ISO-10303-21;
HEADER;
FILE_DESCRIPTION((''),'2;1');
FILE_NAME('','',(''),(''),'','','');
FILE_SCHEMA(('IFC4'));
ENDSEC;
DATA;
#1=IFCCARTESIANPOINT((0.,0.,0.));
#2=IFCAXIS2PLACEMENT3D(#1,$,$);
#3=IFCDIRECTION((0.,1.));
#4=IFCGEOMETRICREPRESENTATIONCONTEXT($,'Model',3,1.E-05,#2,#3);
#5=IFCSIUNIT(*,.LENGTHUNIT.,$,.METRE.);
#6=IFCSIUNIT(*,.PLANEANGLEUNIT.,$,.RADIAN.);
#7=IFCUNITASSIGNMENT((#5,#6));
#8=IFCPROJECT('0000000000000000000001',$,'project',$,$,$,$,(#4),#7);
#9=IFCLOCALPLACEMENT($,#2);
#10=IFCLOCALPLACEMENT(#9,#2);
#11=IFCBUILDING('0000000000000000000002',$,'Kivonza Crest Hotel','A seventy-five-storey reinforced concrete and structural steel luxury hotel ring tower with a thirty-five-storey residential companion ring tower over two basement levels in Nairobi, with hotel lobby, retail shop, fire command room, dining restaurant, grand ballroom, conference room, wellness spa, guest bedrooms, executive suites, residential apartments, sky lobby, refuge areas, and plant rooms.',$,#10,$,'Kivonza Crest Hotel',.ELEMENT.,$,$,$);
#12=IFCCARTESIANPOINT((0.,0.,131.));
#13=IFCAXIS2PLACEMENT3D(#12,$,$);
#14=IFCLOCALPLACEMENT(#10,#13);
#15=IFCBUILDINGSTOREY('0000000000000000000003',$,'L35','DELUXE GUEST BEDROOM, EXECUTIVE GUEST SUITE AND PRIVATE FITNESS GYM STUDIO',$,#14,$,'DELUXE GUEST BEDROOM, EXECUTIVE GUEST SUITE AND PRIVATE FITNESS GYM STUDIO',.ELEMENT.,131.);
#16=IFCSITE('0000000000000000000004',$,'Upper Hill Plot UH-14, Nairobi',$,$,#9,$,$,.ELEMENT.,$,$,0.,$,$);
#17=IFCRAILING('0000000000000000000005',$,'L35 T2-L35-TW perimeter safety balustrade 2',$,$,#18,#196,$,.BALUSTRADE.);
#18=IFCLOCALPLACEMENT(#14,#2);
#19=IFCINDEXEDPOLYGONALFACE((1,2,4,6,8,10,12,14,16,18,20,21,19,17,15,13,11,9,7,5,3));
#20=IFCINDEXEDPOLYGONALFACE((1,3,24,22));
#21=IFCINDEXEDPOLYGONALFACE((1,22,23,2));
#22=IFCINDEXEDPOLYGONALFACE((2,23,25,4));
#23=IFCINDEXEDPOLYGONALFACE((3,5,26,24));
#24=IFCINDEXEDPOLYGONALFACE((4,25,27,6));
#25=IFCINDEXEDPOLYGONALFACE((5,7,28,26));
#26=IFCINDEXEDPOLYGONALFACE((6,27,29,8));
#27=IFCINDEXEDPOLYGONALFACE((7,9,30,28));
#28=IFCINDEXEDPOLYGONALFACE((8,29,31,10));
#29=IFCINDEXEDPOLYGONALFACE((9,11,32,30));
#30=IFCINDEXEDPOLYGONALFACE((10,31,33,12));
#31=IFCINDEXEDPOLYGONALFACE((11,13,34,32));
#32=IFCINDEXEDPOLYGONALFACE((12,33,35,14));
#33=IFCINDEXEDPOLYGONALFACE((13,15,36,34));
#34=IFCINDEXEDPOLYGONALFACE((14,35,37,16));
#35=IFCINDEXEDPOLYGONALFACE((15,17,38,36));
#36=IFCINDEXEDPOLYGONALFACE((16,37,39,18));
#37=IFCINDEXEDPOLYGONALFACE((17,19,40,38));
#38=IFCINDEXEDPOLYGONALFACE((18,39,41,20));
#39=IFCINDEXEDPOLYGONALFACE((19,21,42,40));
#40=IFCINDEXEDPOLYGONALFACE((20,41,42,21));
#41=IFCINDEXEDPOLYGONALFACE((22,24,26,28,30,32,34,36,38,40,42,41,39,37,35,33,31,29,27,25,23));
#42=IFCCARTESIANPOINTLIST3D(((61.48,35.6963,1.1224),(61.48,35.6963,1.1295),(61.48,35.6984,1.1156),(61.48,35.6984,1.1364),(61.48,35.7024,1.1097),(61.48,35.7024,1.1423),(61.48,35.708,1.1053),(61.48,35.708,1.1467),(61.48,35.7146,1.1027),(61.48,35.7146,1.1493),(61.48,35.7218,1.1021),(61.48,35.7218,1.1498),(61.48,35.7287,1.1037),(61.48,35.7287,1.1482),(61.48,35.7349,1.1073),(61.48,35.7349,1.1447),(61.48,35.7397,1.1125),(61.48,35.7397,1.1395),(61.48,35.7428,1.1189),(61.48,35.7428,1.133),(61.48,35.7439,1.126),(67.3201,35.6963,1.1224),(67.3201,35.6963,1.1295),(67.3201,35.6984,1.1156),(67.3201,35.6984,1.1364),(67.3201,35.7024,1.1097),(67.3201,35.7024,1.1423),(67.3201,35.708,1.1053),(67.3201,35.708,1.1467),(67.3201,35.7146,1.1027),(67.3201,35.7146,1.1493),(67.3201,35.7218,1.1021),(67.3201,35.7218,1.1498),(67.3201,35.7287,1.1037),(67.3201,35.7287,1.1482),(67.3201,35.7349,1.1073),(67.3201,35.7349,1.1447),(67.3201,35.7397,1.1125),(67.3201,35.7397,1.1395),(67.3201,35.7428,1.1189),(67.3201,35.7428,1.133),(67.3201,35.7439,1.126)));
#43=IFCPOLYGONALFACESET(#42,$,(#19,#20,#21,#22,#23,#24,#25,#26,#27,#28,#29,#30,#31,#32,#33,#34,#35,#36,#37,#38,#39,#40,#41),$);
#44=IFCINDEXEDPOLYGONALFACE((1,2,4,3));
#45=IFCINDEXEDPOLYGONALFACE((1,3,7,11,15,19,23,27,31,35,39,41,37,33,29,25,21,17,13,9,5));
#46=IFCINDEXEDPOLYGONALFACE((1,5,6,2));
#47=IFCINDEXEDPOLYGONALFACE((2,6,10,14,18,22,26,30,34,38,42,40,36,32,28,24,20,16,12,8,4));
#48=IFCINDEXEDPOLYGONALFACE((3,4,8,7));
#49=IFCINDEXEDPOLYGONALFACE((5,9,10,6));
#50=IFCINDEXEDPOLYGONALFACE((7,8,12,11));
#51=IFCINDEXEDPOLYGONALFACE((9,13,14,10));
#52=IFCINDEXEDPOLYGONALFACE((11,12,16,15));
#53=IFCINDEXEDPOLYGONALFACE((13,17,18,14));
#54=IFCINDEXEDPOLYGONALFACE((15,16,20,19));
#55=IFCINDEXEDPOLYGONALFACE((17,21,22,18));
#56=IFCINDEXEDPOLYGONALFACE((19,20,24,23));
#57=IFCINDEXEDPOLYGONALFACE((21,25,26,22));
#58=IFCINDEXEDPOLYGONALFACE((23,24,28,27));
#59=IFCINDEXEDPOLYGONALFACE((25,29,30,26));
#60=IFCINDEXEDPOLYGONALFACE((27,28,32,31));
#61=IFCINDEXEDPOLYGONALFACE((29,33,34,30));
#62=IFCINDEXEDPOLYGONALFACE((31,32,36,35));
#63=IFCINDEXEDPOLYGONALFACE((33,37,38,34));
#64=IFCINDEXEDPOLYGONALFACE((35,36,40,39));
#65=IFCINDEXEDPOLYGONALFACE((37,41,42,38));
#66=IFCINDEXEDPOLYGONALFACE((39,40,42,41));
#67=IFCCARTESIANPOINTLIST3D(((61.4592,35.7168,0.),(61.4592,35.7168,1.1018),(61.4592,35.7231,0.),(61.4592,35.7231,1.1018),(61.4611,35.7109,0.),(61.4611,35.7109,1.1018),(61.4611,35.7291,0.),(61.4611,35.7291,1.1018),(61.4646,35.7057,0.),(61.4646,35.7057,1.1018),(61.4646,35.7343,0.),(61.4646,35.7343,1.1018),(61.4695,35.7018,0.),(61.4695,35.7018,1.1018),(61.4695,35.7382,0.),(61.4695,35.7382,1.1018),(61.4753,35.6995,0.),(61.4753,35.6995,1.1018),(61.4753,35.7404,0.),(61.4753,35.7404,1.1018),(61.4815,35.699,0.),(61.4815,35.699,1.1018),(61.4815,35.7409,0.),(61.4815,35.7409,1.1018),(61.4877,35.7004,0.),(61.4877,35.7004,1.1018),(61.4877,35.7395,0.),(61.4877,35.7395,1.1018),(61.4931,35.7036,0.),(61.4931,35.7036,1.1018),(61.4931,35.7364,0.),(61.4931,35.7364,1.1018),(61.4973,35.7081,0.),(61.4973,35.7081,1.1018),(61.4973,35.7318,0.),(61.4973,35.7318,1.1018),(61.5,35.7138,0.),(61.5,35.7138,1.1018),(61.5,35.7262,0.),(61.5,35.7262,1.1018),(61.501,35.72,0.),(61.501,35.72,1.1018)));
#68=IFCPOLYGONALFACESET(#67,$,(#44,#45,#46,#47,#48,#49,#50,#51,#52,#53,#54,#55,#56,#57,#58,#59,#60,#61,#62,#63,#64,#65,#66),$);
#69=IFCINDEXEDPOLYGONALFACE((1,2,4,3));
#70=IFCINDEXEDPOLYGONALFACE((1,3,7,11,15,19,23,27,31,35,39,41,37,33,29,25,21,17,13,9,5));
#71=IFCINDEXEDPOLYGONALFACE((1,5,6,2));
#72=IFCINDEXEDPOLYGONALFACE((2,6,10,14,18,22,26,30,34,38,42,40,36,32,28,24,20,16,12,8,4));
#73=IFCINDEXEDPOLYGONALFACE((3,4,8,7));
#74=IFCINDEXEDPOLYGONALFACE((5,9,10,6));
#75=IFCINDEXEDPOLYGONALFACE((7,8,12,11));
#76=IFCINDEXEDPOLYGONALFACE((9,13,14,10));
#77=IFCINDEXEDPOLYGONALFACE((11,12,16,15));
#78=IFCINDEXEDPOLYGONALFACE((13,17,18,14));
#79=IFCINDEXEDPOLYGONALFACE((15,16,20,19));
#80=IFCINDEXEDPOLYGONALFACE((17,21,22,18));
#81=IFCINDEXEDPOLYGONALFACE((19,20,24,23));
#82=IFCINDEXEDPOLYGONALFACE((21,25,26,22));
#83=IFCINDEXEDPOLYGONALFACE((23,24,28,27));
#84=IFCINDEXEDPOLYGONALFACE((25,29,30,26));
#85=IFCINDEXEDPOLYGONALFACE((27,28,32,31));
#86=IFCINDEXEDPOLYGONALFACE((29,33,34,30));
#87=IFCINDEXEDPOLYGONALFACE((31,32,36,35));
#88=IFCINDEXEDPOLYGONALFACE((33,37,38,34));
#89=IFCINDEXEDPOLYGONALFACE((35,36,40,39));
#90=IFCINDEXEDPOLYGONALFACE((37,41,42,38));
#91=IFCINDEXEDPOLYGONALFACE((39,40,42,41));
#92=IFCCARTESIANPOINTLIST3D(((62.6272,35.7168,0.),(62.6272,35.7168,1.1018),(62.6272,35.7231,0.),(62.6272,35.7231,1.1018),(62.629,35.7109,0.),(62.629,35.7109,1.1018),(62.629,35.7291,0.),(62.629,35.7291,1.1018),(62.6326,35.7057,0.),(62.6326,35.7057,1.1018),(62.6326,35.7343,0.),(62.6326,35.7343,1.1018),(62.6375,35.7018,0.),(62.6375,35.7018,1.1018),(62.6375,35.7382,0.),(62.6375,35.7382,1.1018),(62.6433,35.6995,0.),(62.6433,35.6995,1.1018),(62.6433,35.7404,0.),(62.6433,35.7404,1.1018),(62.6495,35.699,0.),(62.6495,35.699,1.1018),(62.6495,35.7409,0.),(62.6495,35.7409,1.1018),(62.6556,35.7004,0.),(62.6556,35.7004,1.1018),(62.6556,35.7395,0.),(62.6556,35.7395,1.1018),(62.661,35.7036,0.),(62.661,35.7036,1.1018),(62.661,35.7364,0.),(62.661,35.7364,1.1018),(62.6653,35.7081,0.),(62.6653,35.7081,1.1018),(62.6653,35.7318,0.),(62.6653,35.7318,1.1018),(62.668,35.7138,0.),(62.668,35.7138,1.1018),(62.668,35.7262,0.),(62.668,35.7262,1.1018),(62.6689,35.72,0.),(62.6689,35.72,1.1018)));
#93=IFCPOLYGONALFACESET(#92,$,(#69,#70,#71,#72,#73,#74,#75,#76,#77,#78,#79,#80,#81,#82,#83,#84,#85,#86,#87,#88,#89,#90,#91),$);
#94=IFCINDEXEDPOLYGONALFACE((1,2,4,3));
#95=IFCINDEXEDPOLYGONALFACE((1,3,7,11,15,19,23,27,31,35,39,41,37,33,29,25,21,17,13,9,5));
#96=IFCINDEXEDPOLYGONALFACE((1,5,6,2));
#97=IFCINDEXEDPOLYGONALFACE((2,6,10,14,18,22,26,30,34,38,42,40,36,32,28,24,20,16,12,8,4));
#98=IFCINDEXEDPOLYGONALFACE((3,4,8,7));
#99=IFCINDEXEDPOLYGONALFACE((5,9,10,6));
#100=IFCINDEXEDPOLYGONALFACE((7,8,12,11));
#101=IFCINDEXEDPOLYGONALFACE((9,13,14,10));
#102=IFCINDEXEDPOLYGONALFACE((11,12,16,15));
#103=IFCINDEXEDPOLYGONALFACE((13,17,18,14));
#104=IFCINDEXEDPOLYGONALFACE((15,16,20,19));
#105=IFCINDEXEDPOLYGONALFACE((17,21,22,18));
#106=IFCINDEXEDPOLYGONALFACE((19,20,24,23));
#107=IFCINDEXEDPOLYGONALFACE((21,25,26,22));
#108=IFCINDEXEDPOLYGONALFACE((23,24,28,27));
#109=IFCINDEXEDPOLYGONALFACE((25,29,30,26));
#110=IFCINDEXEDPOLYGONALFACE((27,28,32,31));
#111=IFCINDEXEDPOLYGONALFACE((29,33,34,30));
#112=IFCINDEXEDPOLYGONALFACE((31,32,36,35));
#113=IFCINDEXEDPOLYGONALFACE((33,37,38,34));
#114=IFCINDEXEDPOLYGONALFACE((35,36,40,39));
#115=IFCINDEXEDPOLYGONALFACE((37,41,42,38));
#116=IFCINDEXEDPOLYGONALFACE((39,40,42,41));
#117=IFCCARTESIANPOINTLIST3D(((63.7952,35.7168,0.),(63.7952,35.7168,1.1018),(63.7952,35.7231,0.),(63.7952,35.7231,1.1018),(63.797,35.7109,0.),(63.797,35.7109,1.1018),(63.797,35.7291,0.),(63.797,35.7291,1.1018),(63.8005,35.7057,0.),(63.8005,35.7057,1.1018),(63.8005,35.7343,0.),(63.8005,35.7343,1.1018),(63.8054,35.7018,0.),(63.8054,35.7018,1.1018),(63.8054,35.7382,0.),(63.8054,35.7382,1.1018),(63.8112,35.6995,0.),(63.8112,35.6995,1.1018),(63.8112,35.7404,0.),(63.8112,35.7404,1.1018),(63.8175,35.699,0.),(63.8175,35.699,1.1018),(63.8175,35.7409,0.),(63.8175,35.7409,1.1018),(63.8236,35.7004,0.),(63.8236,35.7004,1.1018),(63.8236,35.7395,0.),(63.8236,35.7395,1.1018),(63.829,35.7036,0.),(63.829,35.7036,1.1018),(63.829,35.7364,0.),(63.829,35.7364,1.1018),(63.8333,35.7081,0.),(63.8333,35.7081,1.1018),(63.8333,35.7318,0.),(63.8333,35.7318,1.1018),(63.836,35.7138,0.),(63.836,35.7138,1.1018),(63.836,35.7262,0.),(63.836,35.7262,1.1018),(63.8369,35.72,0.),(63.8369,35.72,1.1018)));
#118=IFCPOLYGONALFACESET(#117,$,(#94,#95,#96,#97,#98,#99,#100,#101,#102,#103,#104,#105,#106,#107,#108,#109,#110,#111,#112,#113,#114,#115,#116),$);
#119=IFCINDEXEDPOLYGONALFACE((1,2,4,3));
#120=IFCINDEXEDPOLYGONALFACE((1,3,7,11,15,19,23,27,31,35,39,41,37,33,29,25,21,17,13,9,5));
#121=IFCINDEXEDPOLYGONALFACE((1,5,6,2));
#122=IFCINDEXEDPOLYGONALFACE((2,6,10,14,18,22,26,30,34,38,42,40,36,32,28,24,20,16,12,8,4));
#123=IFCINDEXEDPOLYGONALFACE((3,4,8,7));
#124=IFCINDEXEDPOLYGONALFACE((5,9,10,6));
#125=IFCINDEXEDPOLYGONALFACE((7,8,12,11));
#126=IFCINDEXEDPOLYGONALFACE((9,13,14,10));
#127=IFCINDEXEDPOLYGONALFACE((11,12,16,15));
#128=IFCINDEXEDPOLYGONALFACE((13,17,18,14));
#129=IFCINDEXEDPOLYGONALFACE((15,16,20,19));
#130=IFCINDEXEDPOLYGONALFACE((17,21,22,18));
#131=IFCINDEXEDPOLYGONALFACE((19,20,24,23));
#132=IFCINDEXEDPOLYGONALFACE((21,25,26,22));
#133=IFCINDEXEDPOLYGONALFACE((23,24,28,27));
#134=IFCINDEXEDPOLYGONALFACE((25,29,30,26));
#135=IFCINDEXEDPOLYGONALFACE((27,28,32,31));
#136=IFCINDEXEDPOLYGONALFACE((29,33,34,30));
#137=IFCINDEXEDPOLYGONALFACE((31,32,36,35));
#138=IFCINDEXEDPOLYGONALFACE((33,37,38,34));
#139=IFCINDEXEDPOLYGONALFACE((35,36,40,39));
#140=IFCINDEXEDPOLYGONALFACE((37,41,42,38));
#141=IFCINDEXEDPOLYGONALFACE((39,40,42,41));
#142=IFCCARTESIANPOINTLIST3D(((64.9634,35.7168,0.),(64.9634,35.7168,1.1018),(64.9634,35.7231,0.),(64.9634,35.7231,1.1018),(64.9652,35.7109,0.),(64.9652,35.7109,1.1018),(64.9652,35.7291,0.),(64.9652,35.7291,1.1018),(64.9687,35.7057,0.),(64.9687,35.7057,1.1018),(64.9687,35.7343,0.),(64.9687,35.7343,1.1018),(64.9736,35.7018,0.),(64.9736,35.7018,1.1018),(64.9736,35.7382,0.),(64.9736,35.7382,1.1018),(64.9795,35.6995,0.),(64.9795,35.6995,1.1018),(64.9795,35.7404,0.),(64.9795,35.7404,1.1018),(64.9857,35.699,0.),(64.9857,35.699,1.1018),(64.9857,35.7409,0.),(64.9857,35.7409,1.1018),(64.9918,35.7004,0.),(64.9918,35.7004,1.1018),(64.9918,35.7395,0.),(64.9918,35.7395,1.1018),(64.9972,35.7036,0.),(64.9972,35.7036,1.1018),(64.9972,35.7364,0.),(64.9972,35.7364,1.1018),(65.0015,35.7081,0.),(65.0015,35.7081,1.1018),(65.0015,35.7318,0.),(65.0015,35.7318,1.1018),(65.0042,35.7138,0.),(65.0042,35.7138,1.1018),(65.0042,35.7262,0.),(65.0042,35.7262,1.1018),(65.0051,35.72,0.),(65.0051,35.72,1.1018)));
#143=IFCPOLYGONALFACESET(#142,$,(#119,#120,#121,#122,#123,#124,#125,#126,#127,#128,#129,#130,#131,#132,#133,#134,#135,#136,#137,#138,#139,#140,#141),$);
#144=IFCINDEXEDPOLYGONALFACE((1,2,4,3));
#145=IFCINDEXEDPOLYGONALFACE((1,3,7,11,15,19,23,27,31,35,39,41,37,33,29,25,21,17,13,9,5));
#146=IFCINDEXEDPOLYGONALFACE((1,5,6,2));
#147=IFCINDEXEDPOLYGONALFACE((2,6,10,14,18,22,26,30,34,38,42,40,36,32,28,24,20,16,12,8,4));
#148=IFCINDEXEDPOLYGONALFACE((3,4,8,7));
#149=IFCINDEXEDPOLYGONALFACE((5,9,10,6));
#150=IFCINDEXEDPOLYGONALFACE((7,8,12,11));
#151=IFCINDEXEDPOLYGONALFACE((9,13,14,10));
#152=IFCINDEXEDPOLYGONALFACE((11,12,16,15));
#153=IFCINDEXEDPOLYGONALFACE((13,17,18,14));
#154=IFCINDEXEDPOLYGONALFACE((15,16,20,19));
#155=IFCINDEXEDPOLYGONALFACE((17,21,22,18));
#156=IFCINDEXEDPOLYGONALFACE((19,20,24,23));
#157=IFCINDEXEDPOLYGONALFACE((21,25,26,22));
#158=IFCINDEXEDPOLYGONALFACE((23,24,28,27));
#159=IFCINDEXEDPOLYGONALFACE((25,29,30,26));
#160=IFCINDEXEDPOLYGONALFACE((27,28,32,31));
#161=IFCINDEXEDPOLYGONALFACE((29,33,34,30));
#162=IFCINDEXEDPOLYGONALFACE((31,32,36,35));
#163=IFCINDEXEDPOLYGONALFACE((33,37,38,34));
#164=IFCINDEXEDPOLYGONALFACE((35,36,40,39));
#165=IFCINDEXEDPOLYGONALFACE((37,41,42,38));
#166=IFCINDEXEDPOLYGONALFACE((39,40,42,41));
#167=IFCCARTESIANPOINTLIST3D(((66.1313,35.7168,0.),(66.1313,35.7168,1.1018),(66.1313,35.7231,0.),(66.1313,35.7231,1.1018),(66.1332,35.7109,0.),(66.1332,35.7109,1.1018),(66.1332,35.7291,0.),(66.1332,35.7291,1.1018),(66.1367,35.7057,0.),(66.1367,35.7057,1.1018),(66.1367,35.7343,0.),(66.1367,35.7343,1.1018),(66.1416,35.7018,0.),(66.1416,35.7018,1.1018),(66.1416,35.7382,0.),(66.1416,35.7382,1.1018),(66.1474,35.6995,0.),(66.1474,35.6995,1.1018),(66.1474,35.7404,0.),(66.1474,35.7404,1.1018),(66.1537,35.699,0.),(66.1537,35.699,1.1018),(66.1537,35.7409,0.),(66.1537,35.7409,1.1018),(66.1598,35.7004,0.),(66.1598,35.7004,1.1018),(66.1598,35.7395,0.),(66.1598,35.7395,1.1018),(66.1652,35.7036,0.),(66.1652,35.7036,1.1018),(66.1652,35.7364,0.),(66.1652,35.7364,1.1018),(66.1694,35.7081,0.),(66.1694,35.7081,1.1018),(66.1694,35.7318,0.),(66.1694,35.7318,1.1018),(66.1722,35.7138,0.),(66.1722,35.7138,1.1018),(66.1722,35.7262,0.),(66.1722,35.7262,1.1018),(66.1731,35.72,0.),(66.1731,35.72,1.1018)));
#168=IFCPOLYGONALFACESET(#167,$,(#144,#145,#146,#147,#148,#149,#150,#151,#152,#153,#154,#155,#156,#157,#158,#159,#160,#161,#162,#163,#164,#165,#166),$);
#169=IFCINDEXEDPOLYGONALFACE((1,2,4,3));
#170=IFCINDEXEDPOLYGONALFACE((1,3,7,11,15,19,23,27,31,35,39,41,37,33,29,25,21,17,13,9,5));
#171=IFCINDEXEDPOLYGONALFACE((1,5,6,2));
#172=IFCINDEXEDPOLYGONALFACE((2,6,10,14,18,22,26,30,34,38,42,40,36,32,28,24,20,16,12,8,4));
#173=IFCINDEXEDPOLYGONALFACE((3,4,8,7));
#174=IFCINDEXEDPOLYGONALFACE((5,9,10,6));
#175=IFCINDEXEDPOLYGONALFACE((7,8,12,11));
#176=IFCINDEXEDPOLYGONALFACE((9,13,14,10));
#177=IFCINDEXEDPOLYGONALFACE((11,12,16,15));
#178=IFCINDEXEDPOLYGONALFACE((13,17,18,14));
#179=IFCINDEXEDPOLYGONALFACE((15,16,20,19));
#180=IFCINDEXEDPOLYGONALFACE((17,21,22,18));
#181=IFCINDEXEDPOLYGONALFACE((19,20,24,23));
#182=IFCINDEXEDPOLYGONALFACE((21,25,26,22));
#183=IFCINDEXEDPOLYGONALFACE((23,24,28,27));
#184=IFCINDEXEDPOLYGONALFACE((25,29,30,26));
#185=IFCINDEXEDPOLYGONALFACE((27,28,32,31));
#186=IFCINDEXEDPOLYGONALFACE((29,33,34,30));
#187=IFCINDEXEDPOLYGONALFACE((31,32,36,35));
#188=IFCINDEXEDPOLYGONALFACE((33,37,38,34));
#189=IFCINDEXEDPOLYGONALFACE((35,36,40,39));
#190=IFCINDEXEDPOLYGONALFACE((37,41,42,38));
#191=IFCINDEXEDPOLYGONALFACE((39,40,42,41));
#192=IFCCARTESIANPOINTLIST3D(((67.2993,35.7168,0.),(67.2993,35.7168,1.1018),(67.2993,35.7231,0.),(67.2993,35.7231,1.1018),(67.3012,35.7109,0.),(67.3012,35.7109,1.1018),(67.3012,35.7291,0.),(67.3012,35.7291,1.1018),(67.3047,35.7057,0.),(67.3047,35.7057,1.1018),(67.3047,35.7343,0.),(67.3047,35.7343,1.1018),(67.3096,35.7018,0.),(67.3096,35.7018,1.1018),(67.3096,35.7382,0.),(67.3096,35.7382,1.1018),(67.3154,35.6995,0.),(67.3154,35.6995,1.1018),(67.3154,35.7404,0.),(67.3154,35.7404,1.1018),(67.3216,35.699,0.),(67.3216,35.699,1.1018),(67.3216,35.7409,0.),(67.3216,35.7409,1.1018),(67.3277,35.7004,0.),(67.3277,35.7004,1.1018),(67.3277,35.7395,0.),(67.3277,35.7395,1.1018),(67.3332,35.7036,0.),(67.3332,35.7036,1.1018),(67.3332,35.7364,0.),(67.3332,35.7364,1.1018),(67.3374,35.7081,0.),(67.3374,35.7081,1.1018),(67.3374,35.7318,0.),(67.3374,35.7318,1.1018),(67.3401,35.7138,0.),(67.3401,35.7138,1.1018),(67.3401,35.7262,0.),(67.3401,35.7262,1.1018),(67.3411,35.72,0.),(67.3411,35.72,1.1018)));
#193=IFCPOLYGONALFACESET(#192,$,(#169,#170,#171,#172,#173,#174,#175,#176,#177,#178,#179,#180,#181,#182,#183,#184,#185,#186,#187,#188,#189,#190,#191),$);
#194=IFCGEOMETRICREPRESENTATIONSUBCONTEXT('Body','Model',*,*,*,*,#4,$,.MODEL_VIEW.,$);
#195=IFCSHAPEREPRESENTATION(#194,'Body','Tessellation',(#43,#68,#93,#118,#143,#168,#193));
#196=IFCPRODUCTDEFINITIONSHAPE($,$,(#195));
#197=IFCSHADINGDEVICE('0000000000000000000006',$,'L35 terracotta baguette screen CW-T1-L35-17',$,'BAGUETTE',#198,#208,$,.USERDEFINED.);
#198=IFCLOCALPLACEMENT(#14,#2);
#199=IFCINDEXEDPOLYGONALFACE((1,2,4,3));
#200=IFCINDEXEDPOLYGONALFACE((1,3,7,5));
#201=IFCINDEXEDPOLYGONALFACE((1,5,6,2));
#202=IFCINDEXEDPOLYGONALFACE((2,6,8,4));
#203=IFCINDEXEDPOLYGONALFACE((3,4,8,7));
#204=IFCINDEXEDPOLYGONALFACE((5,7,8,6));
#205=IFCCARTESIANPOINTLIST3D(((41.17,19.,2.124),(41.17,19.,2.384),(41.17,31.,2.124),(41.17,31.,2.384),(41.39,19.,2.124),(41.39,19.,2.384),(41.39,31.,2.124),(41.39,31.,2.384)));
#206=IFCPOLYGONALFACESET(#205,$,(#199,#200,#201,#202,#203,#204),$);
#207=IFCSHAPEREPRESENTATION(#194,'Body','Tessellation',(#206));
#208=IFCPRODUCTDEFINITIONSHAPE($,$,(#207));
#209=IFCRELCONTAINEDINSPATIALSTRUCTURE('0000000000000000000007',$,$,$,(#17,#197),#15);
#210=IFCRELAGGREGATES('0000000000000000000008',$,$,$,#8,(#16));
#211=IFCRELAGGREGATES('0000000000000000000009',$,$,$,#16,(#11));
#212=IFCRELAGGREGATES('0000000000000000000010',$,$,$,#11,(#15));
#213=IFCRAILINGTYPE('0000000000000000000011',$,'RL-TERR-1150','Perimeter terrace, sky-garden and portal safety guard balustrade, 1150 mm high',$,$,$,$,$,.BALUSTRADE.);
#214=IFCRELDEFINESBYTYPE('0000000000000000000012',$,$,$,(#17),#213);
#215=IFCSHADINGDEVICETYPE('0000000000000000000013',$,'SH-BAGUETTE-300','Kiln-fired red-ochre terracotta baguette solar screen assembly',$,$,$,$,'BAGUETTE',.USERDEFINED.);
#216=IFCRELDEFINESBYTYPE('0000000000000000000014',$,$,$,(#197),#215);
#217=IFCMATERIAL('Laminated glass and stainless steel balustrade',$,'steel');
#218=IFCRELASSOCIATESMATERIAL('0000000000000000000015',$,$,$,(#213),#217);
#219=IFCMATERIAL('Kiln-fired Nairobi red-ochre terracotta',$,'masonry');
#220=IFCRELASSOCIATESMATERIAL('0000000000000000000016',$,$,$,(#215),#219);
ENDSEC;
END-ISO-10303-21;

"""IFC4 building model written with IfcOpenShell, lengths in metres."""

from ifc_helpers import new_model, si_unit, direction, frame, origin, origin_2d, place, context, subcontext, project, spatial, rectangle, circle, extrude, material, type_object, element, save


model = new_model("IFC4")

# Units and contexts
model_context = context("Model", 3, precision=1e-05, world=origin(), true_north=direction((0.0, 1.0)))
body_context = subcontext(model_context, "Body", "Model", "MODEL_VIEW")
ifc_project = project(units=[si_unit("LENGTHUNIT", "METRE"), si_unit("PLANEANGLEUNIT", "RADIAN")], contexts=[model_context])

# Site, building, storey
site_placement = place(None, origin())
site = spatial("IfcSite", under=ifc_project, at=site_placement, Name="Upper Hill Plot UH-14, Nairobi", CompositionType="ELEMENT", RefElevation=0.0)
building_placement = place(site_placement, origin())
building = spatial("IfcBuilding", under=site, at=building_placement, Name="Kivonza Crest Hotel", Description="A seventy-five-storey reinforced concrete and structural steel luxury hotel ring tower with a thirty-five-storey residential companion ring tower over two basement levels in Nairobi, with hotel lobby, retail shop, fire command room, dining restaurant, grand ballroom, conference room, wellness spa, guest bedrooms, executive suites, residential apartments, sky lobby, refuge areas, and plant rooms.", LongName="Kivonza Crest Hotel", CompositionType="ELEMENT")
storey_placement = place(building_placement, frame((0.0, 0.0, 131.0)))
storey = spatial("IfcBuildingStorey", under=building, at=storey_placement, Name="L35", Description="DELUXE GUEST BEDROOM, EXECUTIVE GUEST SUITE AND PRIVATE FITNESS GYM STUDIO", LongName="DELUXE GUEST BEDROOM, EXECUTIVE GUEST SUITE AND PRIVATE FITNESS GYM STUDIO", CompositionType="ELEMENT", Elevation=131.0)

# Railing
ifc_material_1 = material(Name="Laminated glass and stainless steel balustrade", Category="steel")
railing_type = type_object("IfcRailingType", Name="RL-TERR-1150", Description="Perimeter terrace, sky-garden and portal safety guard balustrade, 1150 mm high", PredefinedType="BALUSTRADE", material=ifc_material_1)
railing_placement = place(storey_placement, frame((61.48, 35.72, 0.0)))
element("IfcRailing", 1, at=railing_placement, inside=storey, type_object=railing_type, Name="L35 T2-L35-TW perimeter safety balustrade 2", PredefinedType="BALUSTRADE", context=body_context, shape_type="SweptSolid", body=[
    extrude(circle(Radius=0.0239, at=origin_2d()), frame((0.0, 0.0, 1.126), z_axis=(1.0, 0.0, 0.0), x_axis=(0.0, 1.0, 0.0)), (0.0, 0.0, 1.0), 5.8401),
    extrude(circle(Radius=0.021, at=origin_2d()), origin(), (0.0, 0.0, 1.0), 1.1018),
    extrude(circle(Radius=0.021, at=origin_2d()), frame((1.168, 0.0, 0.0)), (0.0, 0.0, 1.0), 1.1018),
    extrude(circle(Radius=0.021, at=origin_2d()), frame((2.3359, 0.0, 0.0)), (0.0, 0.0, 1.0), 1.1018),
    extrude(circle(Radius=0.021, at=origin_2d()), frame((3.5042, 0.0, 0.0)), (0.0, 0.0, 1.0), 1.1018),
    extrude(circle(Radius=0.021, at=origin_2d()), frame((4.6721, 0.0, 0.0)), (0.0, 0.0, 1.0), 1.1018),
    extrude(circle(Radius=0.021, at=origin_2d()), frame((5.8401, 0.0, 0.0)), (0.0, 0.0, 1.0), 1.1018),
])

# Shading device
ifc_material_2 = material(Name="Kiln-fired Nairobi red-ochre terracotta", Category="masonry")
shading_device_type_1 = type_object("IfcShadingDeviceType", Name="SH-BAGUETTE-300", Description="Kiln-fired red-ochre terracotta baguette solar screen assembly", ElementType="BAGUETTE", PredefinedType="USERDEFINED", material=ifc_material_2)
shading_device_1_placement = place(storey_placement, frame((41.28, 25.0, 2.124), z_axis=(0.0, 0.0, 1.0), x_axis=(0.0, 1.0, 0.0)))
element("IfcShadingDevice", 2, at=shading_device_1_placement, inside=storey, type_object=shading_device_type_1, Name="L35 terracotta baguette screen CW-T1-L35-17", ObjectType="BAGUETTE", PredefinedType="USERDEFINED", context=body_context, shape_type="SweptSolid", body=[
    extrude(rectangle(XDim=12.0, YDim=0.22, at=origin_2d()), origin(), (0.0, 0.0, 1.0), 0.26),
])

save(model, "model.ifc")
